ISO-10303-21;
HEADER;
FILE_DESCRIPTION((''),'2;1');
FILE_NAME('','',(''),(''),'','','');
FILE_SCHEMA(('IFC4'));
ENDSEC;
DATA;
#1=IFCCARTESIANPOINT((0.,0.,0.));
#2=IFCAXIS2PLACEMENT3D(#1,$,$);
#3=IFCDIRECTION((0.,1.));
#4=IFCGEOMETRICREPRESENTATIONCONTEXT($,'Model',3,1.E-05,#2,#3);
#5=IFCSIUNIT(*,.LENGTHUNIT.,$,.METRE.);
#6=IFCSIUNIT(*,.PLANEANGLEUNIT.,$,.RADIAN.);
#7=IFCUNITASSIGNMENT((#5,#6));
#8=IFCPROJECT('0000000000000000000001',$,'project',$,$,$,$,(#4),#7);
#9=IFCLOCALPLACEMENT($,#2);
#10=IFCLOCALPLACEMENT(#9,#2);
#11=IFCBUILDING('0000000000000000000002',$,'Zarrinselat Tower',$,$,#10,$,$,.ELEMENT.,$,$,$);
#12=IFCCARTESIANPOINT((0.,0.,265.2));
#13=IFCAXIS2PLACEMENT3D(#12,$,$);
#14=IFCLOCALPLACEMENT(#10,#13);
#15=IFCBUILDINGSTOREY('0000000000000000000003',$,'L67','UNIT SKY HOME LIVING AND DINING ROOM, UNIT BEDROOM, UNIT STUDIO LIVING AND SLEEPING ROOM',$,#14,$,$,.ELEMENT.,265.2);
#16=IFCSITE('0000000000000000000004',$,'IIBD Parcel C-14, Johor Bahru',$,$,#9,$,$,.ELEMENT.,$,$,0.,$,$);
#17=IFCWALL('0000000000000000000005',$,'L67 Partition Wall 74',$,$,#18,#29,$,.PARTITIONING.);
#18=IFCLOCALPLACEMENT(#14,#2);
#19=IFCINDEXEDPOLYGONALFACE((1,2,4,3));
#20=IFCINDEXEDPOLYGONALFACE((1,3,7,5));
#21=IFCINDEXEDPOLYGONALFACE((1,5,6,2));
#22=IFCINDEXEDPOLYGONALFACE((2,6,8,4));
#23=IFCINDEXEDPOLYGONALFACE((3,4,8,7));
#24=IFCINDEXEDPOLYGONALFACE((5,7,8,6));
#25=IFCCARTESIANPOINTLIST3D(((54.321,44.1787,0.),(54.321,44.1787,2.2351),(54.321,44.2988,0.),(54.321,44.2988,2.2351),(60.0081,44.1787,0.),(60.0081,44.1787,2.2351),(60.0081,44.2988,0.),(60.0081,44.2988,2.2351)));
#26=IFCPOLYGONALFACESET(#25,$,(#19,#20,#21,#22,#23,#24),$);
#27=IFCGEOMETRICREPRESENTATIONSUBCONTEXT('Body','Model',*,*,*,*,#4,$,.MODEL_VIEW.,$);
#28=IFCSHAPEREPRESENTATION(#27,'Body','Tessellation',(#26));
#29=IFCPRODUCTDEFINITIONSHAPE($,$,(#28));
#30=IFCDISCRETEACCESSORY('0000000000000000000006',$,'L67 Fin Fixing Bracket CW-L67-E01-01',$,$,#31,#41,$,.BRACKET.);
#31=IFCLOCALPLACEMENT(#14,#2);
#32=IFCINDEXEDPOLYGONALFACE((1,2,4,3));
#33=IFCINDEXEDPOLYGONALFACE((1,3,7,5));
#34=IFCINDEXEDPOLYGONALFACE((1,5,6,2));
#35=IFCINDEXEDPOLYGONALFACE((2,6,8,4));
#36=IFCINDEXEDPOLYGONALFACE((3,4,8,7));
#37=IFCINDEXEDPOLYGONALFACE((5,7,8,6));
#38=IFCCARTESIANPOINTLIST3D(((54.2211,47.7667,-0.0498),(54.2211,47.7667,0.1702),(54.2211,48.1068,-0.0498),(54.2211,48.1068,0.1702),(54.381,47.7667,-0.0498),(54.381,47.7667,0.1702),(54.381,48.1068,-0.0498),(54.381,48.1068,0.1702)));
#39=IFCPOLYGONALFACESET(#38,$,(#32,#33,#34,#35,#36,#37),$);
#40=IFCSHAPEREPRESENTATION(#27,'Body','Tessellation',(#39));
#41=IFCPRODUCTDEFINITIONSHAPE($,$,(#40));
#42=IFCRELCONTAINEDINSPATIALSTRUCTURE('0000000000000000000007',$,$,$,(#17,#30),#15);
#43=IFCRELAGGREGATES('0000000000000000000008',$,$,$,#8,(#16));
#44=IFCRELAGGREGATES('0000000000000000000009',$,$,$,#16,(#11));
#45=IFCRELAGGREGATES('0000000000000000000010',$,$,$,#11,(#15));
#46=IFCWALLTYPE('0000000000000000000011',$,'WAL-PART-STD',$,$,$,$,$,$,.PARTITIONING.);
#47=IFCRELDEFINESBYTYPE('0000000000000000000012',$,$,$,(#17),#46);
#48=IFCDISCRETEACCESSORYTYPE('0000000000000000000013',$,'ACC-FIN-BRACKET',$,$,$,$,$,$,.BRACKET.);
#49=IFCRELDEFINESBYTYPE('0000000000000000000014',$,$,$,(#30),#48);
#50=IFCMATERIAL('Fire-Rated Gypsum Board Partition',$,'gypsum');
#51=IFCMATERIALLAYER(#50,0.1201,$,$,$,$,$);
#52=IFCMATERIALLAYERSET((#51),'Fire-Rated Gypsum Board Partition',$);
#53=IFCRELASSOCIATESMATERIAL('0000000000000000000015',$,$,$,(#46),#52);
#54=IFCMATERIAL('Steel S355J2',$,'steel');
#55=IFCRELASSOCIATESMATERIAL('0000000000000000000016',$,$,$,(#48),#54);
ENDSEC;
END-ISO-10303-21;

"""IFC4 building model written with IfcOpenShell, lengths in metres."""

from ifc_helpers import new_model, si_unit, direction, frame, frame_2d, origin, origin_2d, place, context, subcontext, project, spatial, rectangle, extrude, material, layer, layer_set, type_object, element, save


model = new_model("IFC4")

# Units and contexts
model_context = context("Model", 3, precision=1e-05, world=origin(), true_north=direction((0.0, 1.0)))
body_context = subcontext(model_context, "Body", "Model", "MODEL_VIEW")
ifc_project = project(units=[si_unit("LENGTHUNIT", "METRE"), si_unit("PLANEANGLEUNIT", "RADIAN")], contexts=[model_context])

# Site, building, storey
site_placement = place(None, origin())
site = spatial("IfcSite", under=ifc_project, at=site_placement, Name="IIBD Parcel C-14, Johor Bahru", CompositionType="ELEMENT", RefElevation=0.0)
building_placement = place(site_placement, origin())
building = spatial("IfcBuilding", under=site, at=building_placement, Name="Zarrinselat Tower", CompositionType="ELEMENT")
storey_placement = place(building_placement, frame((0.0, 0.0, 265.2)))
storey = spatial("IfcBuildingStorey", under=building, at=storey_placement, Name="L67", Description="UNIT SKY HOME LIVING AND DINING ROOM, UNIT BEDROOM, UNIT STUDIO LIVING AND SLEEPING ROOM", CompositionType="ELEMENT", Elevation=265.2)

# Shared definitions
ifc_material_1 = material(Name="Fire-Rated Gypsum Board Partition", Category="gypsum")
ifc_layer_1 = layer(ifc_material_1, 0.1201)
ifc_layer_set_1 = layer_set([ifc_layer_1], Name="Fire-Rated Gypsum Board Partition")
wall_type_1 = type_object("IfcWallType", Name="WAL-PART-STD", PredefinedType="PARTITIONING", material=ifc_layer_set_1)

# Wall
wall_1_placement = place(storey_placement, frame((54.321, 44.2388, 0.0), z_axis=(0.0, 0.0, 1.0), x_axis=(1.0, 0.0, 0.0)))
element("IfcWall", 1, at=wall_1_placement, inside=storey, type_object=wall_type_1, Name="L67 Partition Wall 74", PredefinedType="PARTITIONING", context=body_context, shape_type="SweptSolid", body=[
    extrude(rectangle(XDim=5.687, YDim=0.1201, at=frame_2d((2.8435, 0.0))), origin(), (0.0, 0.0, 1.0), 2.2351),
])

# Discrete accessory
ifc_material_2 = material(Name="Steel S355J2", Category="steel")
discrete_accessory_type = type_object("IfcDiscreteAccessoryType", Name="ACC-FIN-BRACKET", PredefinedType="BRACKET", material=ifc_material_2)
discrete_accessory_placement = place(storey_placement, frame((54.301, 47.9368, -0.0498), z_axis=(0.0, 0.0, 1.0), x_axis=(0.0, 1.0, 0.0)))
element("IfcDiscreteAccessory", 2, at=discrete_accessory_placement, inside=storey, type_object=discrete_accessory_type, Name="L67 Fin Fixing Bracket CW-L67-E01-01", PredefinedType="BRACKET", context=body_context, shape_type="SweptSolid", body=[
    extrude(rectangle(XDim=0.3401, YDim=0.1599, at=origin_2d()), origin(), (0.0, 0.0, 1.0), 0.22),
])

save(model, "model.ifc")
